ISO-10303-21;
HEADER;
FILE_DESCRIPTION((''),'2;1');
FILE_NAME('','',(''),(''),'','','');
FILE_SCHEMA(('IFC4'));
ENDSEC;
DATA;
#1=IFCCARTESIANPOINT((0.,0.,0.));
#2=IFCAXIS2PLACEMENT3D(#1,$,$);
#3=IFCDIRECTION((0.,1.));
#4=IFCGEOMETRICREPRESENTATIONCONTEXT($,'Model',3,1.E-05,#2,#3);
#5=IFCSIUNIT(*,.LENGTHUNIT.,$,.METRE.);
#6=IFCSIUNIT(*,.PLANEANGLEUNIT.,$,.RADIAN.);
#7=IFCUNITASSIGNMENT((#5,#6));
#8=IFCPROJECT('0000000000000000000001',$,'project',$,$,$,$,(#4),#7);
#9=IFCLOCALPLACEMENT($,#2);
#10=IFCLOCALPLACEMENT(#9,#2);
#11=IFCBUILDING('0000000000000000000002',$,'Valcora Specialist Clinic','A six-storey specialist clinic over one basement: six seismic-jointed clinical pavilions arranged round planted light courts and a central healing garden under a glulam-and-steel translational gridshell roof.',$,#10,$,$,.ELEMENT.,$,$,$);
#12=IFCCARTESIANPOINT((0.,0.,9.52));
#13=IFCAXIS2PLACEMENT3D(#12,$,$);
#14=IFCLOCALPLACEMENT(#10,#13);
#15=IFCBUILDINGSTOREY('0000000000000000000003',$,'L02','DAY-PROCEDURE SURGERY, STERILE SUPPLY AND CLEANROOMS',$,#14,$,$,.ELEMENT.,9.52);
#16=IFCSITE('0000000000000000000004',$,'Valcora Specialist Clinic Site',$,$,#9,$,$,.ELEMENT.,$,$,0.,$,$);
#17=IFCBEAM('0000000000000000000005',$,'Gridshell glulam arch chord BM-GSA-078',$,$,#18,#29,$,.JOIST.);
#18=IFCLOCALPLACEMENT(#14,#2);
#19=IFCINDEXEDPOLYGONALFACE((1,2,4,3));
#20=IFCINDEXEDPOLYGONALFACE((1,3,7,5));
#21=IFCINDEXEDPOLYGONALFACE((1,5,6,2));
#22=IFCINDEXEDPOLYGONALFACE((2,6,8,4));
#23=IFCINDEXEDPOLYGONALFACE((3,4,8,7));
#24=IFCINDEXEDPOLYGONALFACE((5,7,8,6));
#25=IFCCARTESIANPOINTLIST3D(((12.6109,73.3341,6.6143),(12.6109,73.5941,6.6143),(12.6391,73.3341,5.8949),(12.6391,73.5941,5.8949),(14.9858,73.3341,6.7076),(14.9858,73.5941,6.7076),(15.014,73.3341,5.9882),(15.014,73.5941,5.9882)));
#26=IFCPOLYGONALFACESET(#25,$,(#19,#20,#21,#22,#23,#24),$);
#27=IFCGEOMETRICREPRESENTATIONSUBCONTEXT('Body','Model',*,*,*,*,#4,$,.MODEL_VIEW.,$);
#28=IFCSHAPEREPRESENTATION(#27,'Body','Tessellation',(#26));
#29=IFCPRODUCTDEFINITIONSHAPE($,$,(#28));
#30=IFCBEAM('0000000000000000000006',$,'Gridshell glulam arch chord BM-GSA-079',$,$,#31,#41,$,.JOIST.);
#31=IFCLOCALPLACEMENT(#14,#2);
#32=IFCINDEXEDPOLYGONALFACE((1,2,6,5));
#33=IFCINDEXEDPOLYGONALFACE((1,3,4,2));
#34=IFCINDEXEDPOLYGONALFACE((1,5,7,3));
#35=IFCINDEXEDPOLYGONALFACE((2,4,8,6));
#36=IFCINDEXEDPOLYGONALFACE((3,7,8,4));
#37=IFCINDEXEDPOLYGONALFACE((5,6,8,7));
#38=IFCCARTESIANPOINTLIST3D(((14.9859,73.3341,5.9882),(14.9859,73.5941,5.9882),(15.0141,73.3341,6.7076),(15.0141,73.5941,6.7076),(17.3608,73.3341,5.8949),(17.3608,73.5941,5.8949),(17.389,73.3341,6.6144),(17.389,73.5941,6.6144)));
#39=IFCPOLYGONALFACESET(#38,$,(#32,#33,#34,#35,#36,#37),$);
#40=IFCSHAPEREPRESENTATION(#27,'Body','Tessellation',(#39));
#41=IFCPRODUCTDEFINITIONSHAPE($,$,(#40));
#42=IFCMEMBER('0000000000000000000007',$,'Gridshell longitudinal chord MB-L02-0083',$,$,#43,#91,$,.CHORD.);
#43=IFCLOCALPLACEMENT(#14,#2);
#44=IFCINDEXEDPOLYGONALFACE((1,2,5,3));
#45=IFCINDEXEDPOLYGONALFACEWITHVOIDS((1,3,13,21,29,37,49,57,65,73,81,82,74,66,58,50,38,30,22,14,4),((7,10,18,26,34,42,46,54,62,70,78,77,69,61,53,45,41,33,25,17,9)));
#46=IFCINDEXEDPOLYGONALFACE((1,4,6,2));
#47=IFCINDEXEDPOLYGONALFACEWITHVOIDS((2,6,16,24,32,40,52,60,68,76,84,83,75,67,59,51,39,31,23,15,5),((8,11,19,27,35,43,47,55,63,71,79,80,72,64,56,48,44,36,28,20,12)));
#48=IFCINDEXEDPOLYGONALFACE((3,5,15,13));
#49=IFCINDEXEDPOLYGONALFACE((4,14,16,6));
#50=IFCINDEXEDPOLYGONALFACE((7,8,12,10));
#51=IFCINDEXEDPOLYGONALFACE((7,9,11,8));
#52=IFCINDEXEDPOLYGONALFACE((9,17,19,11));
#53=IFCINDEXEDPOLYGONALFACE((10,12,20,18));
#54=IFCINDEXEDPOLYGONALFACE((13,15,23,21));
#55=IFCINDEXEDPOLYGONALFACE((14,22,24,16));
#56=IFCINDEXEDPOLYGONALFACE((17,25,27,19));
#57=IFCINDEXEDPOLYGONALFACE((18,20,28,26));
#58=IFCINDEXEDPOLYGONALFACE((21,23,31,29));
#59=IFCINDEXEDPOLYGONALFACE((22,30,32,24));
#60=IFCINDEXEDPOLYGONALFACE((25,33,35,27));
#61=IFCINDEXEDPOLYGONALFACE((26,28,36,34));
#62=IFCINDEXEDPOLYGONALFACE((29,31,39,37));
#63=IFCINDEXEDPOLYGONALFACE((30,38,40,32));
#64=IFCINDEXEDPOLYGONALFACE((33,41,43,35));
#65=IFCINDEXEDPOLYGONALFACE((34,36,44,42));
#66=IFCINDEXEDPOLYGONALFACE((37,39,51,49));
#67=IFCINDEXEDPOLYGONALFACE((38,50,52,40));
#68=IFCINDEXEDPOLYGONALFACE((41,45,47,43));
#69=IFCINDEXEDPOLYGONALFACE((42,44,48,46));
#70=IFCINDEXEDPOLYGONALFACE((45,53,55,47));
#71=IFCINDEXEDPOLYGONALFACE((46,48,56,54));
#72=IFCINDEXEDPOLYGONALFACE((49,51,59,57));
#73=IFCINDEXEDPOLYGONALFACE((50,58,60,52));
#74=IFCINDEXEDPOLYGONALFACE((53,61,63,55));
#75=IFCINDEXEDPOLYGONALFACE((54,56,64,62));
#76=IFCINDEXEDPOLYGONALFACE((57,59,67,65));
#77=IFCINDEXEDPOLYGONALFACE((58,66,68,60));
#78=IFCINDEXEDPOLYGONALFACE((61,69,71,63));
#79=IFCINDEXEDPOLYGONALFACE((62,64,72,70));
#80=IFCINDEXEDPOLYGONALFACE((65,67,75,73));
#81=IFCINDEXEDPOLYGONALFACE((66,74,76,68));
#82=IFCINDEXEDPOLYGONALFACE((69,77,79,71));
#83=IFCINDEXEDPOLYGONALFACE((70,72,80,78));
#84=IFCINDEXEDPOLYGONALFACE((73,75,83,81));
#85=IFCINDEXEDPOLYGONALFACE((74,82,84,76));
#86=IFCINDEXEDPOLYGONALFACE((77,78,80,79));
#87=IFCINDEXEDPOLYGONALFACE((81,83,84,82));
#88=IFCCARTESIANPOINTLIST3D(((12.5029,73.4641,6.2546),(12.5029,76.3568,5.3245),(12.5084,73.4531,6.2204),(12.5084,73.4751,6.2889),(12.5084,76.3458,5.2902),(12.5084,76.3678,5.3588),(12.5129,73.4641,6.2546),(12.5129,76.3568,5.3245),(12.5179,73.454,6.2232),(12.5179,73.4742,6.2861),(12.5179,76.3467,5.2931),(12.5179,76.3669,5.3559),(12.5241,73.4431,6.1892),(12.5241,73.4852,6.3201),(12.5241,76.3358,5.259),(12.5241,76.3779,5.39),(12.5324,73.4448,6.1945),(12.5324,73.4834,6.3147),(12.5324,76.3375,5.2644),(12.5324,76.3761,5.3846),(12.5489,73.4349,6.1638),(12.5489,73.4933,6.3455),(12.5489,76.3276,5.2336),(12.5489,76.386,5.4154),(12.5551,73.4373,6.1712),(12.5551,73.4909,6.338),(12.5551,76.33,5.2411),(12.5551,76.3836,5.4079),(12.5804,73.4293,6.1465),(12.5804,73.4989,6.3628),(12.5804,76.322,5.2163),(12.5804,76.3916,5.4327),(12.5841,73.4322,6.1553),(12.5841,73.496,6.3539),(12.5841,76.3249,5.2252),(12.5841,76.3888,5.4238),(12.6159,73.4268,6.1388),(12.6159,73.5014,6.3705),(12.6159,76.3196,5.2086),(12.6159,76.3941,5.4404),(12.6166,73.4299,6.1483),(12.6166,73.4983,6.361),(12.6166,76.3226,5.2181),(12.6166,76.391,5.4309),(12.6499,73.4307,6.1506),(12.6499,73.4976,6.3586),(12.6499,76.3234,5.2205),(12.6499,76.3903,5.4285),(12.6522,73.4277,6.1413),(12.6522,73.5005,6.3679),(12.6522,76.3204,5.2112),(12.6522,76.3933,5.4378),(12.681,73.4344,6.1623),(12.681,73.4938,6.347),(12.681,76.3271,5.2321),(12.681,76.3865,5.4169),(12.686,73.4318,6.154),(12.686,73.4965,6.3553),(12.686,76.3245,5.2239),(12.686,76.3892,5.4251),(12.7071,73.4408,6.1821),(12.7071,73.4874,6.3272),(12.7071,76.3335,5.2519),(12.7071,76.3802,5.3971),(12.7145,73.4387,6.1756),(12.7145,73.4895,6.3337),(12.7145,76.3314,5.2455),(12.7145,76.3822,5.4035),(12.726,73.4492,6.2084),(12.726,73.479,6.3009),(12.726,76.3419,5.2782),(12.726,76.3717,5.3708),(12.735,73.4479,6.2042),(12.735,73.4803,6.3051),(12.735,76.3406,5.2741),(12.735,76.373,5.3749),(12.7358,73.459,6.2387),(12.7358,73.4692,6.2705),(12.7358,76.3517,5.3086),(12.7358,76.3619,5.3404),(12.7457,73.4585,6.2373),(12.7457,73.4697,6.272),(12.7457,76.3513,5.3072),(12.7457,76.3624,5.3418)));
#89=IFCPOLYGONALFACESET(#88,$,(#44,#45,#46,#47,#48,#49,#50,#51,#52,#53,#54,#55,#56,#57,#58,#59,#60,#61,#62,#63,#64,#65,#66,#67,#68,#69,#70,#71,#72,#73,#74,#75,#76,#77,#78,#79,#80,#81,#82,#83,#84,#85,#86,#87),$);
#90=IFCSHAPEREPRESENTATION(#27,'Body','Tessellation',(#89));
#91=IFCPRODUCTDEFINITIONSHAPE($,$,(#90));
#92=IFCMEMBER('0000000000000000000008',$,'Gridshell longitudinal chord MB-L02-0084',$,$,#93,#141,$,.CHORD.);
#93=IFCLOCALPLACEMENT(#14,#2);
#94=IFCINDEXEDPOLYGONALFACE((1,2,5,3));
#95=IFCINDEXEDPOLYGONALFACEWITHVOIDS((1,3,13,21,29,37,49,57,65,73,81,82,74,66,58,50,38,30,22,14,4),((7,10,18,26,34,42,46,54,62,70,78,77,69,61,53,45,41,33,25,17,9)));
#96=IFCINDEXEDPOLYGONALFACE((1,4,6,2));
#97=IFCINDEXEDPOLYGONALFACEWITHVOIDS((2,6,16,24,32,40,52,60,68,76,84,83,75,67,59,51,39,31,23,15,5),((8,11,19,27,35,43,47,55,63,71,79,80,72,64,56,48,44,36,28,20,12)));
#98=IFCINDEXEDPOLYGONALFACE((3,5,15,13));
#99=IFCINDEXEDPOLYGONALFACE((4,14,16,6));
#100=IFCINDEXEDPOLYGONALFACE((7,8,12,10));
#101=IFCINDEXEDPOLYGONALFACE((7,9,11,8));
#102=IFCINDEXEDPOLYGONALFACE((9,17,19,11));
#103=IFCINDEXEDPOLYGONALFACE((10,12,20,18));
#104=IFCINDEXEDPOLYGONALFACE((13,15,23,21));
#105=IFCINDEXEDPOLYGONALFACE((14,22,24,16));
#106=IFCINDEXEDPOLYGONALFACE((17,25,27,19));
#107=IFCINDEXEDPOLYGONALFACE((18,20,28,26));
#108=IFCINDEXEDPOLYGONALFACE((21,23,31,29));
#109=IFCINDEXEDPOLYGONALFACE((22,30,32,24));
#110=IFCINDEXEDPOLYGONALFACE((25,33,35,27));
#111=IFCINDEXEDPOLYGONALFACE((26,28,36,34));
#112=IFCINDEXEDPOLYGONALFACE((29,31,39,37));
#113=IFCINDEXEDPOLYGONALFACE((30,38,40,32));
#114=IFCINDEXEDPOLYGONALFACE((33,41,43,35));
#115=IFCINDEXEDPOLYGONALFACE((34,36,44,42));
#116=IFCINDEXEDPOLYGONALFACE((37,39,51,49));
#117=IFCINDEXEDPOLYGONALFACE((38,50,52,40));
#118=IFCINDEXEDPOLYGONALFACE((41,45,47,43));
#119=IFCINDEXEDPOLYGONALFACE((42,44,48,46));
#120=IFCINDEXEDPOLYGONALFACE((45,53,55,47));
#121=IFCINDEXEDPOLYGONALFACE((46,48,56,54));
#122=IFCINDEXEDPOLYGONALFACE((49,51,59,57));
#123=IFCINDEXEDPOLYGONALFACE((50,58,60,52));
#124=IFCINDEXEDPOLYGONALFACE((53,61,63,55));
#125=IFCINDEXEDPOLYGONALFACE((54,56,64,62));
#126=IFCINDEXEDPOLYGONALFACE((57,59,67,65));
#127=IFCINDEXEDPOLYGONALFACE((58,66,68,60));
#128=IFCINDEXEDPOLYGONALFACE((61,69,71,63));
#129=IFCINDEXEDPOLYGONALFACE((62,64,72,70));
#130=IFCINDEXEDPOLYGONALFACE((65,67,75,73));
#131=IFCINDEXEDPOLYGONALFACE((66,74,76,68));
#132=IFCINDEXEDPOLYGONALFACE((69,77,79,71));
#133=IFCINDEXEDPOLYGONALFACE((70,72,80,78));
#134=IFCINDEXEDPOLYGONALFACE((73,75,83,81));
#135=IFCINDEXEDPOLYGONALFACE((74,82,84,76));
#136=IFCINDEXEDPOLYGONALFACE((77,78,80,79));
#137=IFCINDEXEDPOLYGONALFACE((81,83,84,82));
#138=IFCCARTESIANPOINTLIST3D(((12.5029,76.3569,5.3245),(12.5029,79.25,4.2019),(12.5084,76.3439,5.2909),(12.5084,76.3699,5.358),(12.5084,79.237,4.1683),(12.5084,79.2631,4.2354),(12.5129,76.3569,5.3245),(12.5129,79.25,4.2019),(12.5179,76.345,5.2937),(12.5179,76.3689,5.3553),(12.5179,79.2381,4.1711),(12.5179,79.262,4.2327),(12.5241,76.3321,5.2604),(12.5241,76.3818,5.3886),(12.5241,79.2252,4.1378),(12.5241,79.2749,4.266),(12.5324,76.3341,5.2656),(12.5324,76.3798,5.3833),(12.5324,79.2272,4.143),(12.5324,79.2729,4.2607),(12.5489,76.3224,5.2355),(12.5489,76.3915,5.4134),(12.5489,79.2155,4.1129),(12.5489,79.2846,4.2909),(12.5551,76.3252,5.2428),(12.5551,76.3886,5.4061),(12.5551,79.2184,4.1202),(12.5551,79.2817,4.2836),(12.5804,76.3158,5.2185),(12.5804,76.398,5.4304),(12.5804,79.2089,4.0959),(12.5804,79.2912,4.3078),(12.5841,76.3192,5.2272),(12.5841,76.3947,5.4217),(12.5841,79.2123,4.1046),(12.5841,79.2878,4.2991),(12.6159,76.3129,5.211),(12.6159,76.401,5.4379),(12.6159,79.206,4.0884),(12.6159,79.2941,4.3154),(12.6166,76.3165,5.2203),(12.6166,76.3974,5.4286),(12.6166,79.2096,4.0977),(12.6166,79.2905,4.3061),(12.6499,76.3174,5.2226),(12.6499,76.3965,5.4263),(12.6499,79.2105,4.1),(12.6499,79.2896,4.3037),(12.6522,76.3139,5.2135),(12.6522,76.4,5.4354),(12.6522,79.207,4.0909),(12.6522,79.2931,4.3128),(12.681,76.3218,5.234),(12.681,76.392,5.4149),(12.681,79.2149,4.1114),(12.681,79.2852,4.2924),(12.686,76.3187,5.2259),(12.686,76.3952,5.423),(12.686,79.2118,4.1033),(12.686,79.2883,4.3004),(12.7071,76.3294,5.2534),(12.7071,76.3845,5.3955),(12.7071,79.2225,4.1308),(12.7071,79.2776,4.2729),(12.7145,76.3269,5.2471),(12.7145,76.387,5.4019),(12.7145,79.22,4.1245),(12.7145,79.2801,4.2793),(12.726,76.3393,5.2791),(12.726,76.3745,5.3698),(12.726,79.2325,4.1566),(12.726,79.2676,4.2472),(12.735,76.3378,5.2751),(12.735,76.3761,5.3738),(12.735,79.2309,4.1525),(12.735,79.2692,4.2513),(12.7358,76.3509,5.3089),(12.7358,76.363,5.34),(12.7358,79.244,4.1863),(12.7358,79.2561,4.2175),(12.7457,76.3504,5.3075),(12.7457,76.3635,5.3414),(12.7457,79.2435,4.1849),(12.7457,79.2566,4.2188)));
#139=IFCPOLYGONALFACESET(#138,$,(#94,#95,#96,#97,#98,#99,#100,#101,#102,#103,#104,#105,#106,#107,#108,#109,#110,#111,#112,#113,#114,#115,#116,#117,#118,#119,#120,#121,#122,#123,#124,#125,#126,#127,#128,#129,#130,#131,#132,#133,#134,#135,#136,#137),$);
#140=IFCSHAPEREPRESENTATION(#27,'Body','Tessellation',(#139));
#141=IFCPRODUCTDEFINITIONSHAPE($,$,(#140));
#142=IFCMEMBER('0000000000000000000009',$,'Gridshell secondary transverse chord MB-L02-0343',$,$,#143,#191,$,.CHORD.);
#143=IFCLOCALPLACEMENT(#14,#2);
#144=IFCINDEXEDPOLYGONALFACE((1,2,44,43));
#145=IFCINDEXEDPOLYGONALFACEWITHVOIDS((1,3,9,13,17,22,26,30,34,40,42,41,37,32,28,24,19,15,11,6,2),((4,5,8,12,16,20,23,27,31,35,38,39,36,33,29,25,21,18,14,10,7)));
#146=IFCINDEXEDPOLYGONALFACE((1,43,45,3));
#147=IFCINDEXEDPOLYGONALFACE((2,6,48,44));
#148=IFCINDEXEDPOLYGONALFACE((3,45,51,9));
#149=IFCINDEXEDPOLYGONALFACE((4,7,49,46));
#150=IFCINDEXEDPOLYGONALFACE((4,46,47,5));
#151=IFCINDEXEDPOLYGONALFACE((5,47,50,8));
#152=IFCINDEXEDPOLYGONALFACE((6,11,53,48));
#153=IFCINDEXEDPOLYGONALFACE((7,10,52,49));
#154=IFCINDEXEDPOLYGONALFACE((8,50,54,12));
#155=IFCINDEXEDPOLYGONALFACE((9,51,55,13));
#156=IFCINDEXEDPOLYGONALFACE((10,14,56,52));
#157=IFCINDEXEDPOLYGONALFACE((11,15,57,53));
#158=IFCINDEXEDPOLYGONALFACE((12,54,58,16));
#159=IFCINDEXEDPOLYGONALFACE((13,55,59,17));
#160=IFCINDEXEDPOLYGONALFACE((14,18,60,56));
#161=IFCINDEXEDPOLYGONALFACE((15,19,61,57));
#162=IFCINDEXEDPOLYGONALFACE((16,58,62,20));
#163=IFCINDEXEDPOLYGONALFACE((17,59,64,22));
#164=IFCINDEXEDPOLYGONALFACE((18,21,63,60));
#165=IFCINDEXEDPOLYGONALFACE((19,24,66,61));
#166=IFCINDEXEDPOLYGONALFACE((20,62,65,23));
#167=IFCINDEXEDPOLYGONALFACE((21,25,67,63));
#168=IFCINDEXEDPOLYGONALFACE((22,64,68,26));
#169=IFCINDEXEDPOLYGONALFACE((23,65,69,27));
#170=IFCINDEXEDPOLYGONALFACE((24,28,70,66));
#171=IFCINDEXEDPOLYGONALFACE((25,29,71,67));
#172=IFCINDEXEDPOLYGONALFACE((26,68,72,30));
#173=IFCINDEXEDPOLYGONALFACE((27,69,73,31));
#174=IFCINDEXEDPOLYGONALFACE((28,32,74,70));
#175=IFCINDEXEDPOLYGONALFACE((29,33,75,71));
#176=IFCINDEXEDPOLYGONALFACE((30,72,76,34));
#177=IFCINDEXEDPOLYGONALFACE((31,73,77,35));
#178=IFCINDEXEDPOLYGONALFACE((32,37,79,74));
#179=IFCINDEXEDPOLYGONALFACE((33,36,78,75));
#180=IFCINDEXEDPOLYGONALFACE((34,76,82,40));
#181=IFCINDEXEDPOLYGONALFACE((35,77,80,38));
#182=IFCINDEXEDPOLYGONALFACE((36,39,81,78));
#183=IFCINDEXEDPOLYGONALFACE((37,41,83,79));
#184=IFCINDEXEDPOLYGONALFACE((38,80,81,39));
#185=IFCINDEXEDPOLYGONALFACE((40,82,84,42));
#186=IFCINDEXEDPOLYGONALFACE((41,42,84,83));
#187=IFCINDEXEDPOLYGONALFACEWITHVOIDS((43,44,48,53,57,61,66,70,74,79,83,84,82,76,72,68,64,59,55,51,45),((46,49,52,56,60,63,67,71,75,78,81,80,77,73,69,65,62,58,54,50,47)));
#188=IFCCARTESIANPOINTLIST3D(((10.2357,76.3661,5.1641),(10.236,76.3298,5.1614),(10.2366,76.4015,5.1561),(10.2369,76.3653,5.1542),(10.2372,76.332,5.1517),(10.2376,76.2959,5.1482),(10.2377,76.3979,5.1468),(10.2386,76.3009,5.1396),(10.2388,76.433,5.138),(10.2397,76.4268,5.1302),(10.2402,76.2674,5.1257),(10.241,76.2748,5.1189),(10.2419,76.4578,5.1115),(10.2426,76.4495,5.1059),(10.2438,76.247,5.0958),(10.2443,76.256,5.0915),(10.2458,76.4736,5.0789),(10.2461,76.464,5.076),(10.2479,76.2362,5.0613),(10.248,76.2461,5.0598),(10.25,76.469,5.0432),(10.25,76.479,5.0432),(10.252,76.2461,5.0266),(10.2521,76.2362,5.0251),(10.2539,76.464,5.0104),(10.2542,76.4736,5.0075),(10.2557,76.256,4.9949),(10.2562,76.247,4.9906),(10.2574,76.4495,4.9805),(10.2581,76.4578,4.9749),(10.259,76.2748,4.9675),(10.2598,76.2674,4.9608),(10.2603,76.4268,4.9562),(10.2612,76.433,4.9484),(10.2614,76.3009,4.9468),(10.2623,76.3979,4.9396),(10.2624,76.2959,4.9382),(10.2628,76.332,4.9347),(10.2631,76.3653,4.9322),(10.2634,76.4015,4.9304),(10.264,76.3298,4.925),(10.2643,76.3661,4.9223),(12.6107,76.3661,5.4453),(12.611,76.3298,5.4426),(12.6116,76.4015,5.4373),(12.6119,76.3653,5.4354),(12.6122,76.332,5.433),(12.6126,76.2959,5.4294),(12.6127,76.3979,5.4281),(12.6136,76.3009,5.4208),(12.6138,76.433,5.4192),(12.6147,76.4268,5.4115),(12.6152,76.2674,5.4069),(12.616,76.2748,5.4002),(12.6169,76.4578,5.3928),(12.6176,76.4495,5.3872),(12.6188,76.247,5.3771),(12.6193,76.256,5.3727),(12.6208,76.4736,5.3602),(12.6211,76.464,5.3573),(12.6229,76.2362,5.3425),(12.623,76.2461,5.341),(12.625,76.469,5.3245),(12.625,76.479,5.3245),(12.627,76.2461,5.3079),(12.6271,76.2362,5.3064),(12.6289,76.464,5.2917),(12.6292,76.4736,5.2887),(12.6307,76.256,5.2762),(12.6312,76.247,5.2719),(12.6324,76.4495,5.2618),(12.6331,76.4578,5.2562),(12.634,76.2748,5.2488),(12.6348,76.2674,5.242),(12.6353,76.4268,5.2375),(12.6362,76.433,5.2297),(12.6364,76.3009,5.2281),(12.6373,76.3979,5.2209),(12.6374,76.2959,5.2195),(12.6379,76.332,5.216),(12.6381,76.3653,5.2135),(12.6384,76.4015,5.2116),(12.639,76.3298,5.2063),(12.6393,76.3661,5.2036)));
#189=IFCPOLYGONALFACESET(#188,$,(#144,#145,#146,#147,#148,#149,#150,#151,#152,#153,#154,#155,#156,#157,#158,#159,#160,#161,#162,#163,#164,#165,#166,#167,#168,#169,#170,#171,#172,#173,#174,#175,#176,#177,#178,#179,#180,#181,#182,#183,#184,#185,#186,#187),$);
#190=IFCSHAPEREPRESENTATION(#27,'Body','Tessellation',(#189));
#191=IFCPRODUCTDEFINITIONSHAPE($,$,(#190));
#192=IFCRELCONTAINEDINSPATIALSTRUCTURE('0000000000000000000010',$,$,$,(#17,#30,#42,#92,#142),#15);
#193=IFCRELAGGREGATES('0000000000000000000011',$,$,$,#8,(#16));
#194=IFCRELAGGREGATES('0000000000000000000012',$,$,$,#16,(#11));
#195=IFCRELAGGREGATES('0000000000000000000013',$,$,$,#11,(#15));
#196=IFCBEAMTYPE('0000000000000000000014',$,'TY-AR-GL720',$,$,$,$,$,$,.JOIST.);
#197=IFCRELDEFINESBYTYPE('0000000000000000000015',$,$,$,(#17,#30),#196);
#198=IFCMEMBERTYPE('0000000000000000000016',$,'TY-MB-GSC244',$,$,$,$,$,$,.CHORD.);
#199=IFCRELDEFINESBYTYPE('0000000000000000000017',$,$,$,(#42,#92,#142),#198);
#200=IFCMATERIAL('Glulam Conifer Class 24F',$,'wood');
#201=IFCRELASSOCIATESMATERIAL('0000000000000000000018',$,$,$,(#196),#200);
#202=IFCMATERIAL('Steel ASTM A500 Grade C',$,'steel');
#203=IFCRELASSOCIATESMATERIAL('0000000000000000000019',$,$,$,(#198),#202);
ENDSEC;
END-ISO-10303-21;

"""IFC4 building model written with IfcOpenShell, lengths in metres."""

from ifc_helpers import new_model, si_unit, direction, frame, origin, origin_2d, place, context, subcontext, project, spatial, rectangle, hollow_circle, extrude, material, material_profile, profile_set, type_object, element, save


model = new_model("IFC4")

# Units and contexts
model_context = context("Model", 3, precision=1e-05, world=origin(), true_north=direction((0.0, 1.0)))
body_context = subcontext(model_context, "Body", "Model", "MODEL_VIEW")
ifc_project = project(units=[si_unit("LENGTHUNIT", "METRE"), si_unit("PLANEANGLEUNIT", "RADIAN")], contexts=[model_context])

# Site, building, storey
site_placement = place(None, origin())
site = spatial("IfcSite", under=ifc_project, at=site_placement, Name="Valcora Specialist Clinic Site", CompositionType="ELEMENT", RefElevation=0.0)
building_placement = place(site_placement, origin())
building = spatial("IfcBuilding", under=site, at=building_placement, Name="Valcora Specialist Clinic", Description="A six-storey specialist clinic over one basement: six seismic-jointed clinical pavilions arranged round planted light courts and a central healing garden under a glulam-and-steel translational gridshell roof.", CompositionType="ELEMENT")
storey_placement = place(building_placement, frame((0.0, 0.0, 9.52)))
storey = spatial("IfcBuildingStorey", under=building, at=storey_placement, Name="L02", Description="DAY-PROCEDURE SURGERY, STERILE SUPPLY AND CLEANROOMS", CompositionType="ELEMENT", Elevation=9.52)

# Beams
ifc_material_1 = material(Name="Glulam Conifer Class 24F", Category="wood")
ifc_material_profile_1 = material_profile(ifc_material_1, rectangle(XDim=0.26, YDim=0.72, at=origin_2d()), Name="GL-ARC-260X720")
ifc_profile_set_1 = profile_set([ifc_material_profile_1], Name="Glulam Conifer Class 24F")
beam_type = type_object("IfcBeamType", Name="TY-AR-GL720", PredefinedType="JOIST", material=ifc_profile_set_1)
for number, where, z_axis, x_axis, name in (
    (1, (12.625, 73.4641, 6.2546), (0.99923, 0.0, 0.039238), (0.0, 1.0, 0.0), "Gridshell glulam arch chord BM-GSA-078"),
    (2, (15.0, 73.4641, 6.3479), (0.99923, 0.0, -0.039238), (0.0, 1.0, 0.0), "Gridshell glulam arch chord BM-GSA-079"),
):
    element("IfcBeam", number, at=place(storey_placement, frame(where, z_axis=z_axis, x_axis=x_axis)), inside=storey, type_object=beam_type, Name=name, PredefinedType="JOIST", context=body_context, shape_type="SweptSolid", body=[
        extrude(rectangle(XDim=0.26, YDim=0.72, at=origin_2d()), origin(), (0.0, 0.0, 1.0), 2.3767),
    ])

# Members
ifc_material_2 = material(Name="Steel ASTM A500 Grade C", Category="steel")
ifc_material_profile_2 = material_profile(ifc_material_2, hollow_circle(Radius=0.1221, WallThickness=0.01, at=origin_2d()), Name="ST-CHS-244X10")
ifc_profile_set_2 = profile_set([ifc_material_profile_2], Name="Steel ASTM A500 Grade C")
member_type_1 = type_object("IfcMemberType", Name="TY-MB-GSC244", PredefinedType="CHORD", material=ifc_profile_set_2)
member_1_placement = place(storey_placement, frame((12.625, 73.4641, 6.2546), z_axis=(0.0, 0.951996, -0.306111), x_axis=(-1.0, 0.0, 0.0)))
element("IfcMember", 3, at=member_1_placement, inside=storey, type_object=member_type_1, Name="Gridshell longitudinal chord MB-L02-0083", PredefinedType="CHORD", context=body_context, shape_type="SweptSolid", body=[
    extrude(hollow_circle(Radius=0.1221, WallThickness=0.01, at=origin_2d()), origin(), (0.0, 0.0, 1.0), 3.0386),
])
member_2_placement = place(storey_placement, frame((12.625, 76.3569, 5.3245), z_axis=(0.0, 0.932279, -0.36174), x_axis=(-1.0, 0.0, 0.0)))
element("IfcMember", 4, at=member_2_placement, inside=storey, type_object=member_type_1, Name="Gridshell longitudinal chord MB-L02-0084", PredefinedType="CHORD", context=body_context, shape_type="SweptSolid", body=[
    extrude(hollow_circle(Radius=0.1221, WallThickness=0.01, at=origin_2d()), origin(), (0.0, 0.0, 1.0), 3.1033),
])
member_3_placement = place(storey_placement, frame((10.25, 76.3569, 5.0432), z_axis=(0.993061, 0.0, 0.117599), x_axis=(0.0, 1.0, 0.0)))
element("IfcMember", 5, at=member_3_placement, inside=storey, type_object=member_type_1, Name="Gridshell secondary transverse chord MB-L02-0343", PredefinedType="CHORD", context=body_context, shape_type="SweptSolid", body=[
    extrude(hollow_circle(Radius=0.1221, WallThickness=0.01, at=origin_2d()), origin(), (0.0, 0.0, 1.0), 2.3916),
])

save(model, "model.ifc")
